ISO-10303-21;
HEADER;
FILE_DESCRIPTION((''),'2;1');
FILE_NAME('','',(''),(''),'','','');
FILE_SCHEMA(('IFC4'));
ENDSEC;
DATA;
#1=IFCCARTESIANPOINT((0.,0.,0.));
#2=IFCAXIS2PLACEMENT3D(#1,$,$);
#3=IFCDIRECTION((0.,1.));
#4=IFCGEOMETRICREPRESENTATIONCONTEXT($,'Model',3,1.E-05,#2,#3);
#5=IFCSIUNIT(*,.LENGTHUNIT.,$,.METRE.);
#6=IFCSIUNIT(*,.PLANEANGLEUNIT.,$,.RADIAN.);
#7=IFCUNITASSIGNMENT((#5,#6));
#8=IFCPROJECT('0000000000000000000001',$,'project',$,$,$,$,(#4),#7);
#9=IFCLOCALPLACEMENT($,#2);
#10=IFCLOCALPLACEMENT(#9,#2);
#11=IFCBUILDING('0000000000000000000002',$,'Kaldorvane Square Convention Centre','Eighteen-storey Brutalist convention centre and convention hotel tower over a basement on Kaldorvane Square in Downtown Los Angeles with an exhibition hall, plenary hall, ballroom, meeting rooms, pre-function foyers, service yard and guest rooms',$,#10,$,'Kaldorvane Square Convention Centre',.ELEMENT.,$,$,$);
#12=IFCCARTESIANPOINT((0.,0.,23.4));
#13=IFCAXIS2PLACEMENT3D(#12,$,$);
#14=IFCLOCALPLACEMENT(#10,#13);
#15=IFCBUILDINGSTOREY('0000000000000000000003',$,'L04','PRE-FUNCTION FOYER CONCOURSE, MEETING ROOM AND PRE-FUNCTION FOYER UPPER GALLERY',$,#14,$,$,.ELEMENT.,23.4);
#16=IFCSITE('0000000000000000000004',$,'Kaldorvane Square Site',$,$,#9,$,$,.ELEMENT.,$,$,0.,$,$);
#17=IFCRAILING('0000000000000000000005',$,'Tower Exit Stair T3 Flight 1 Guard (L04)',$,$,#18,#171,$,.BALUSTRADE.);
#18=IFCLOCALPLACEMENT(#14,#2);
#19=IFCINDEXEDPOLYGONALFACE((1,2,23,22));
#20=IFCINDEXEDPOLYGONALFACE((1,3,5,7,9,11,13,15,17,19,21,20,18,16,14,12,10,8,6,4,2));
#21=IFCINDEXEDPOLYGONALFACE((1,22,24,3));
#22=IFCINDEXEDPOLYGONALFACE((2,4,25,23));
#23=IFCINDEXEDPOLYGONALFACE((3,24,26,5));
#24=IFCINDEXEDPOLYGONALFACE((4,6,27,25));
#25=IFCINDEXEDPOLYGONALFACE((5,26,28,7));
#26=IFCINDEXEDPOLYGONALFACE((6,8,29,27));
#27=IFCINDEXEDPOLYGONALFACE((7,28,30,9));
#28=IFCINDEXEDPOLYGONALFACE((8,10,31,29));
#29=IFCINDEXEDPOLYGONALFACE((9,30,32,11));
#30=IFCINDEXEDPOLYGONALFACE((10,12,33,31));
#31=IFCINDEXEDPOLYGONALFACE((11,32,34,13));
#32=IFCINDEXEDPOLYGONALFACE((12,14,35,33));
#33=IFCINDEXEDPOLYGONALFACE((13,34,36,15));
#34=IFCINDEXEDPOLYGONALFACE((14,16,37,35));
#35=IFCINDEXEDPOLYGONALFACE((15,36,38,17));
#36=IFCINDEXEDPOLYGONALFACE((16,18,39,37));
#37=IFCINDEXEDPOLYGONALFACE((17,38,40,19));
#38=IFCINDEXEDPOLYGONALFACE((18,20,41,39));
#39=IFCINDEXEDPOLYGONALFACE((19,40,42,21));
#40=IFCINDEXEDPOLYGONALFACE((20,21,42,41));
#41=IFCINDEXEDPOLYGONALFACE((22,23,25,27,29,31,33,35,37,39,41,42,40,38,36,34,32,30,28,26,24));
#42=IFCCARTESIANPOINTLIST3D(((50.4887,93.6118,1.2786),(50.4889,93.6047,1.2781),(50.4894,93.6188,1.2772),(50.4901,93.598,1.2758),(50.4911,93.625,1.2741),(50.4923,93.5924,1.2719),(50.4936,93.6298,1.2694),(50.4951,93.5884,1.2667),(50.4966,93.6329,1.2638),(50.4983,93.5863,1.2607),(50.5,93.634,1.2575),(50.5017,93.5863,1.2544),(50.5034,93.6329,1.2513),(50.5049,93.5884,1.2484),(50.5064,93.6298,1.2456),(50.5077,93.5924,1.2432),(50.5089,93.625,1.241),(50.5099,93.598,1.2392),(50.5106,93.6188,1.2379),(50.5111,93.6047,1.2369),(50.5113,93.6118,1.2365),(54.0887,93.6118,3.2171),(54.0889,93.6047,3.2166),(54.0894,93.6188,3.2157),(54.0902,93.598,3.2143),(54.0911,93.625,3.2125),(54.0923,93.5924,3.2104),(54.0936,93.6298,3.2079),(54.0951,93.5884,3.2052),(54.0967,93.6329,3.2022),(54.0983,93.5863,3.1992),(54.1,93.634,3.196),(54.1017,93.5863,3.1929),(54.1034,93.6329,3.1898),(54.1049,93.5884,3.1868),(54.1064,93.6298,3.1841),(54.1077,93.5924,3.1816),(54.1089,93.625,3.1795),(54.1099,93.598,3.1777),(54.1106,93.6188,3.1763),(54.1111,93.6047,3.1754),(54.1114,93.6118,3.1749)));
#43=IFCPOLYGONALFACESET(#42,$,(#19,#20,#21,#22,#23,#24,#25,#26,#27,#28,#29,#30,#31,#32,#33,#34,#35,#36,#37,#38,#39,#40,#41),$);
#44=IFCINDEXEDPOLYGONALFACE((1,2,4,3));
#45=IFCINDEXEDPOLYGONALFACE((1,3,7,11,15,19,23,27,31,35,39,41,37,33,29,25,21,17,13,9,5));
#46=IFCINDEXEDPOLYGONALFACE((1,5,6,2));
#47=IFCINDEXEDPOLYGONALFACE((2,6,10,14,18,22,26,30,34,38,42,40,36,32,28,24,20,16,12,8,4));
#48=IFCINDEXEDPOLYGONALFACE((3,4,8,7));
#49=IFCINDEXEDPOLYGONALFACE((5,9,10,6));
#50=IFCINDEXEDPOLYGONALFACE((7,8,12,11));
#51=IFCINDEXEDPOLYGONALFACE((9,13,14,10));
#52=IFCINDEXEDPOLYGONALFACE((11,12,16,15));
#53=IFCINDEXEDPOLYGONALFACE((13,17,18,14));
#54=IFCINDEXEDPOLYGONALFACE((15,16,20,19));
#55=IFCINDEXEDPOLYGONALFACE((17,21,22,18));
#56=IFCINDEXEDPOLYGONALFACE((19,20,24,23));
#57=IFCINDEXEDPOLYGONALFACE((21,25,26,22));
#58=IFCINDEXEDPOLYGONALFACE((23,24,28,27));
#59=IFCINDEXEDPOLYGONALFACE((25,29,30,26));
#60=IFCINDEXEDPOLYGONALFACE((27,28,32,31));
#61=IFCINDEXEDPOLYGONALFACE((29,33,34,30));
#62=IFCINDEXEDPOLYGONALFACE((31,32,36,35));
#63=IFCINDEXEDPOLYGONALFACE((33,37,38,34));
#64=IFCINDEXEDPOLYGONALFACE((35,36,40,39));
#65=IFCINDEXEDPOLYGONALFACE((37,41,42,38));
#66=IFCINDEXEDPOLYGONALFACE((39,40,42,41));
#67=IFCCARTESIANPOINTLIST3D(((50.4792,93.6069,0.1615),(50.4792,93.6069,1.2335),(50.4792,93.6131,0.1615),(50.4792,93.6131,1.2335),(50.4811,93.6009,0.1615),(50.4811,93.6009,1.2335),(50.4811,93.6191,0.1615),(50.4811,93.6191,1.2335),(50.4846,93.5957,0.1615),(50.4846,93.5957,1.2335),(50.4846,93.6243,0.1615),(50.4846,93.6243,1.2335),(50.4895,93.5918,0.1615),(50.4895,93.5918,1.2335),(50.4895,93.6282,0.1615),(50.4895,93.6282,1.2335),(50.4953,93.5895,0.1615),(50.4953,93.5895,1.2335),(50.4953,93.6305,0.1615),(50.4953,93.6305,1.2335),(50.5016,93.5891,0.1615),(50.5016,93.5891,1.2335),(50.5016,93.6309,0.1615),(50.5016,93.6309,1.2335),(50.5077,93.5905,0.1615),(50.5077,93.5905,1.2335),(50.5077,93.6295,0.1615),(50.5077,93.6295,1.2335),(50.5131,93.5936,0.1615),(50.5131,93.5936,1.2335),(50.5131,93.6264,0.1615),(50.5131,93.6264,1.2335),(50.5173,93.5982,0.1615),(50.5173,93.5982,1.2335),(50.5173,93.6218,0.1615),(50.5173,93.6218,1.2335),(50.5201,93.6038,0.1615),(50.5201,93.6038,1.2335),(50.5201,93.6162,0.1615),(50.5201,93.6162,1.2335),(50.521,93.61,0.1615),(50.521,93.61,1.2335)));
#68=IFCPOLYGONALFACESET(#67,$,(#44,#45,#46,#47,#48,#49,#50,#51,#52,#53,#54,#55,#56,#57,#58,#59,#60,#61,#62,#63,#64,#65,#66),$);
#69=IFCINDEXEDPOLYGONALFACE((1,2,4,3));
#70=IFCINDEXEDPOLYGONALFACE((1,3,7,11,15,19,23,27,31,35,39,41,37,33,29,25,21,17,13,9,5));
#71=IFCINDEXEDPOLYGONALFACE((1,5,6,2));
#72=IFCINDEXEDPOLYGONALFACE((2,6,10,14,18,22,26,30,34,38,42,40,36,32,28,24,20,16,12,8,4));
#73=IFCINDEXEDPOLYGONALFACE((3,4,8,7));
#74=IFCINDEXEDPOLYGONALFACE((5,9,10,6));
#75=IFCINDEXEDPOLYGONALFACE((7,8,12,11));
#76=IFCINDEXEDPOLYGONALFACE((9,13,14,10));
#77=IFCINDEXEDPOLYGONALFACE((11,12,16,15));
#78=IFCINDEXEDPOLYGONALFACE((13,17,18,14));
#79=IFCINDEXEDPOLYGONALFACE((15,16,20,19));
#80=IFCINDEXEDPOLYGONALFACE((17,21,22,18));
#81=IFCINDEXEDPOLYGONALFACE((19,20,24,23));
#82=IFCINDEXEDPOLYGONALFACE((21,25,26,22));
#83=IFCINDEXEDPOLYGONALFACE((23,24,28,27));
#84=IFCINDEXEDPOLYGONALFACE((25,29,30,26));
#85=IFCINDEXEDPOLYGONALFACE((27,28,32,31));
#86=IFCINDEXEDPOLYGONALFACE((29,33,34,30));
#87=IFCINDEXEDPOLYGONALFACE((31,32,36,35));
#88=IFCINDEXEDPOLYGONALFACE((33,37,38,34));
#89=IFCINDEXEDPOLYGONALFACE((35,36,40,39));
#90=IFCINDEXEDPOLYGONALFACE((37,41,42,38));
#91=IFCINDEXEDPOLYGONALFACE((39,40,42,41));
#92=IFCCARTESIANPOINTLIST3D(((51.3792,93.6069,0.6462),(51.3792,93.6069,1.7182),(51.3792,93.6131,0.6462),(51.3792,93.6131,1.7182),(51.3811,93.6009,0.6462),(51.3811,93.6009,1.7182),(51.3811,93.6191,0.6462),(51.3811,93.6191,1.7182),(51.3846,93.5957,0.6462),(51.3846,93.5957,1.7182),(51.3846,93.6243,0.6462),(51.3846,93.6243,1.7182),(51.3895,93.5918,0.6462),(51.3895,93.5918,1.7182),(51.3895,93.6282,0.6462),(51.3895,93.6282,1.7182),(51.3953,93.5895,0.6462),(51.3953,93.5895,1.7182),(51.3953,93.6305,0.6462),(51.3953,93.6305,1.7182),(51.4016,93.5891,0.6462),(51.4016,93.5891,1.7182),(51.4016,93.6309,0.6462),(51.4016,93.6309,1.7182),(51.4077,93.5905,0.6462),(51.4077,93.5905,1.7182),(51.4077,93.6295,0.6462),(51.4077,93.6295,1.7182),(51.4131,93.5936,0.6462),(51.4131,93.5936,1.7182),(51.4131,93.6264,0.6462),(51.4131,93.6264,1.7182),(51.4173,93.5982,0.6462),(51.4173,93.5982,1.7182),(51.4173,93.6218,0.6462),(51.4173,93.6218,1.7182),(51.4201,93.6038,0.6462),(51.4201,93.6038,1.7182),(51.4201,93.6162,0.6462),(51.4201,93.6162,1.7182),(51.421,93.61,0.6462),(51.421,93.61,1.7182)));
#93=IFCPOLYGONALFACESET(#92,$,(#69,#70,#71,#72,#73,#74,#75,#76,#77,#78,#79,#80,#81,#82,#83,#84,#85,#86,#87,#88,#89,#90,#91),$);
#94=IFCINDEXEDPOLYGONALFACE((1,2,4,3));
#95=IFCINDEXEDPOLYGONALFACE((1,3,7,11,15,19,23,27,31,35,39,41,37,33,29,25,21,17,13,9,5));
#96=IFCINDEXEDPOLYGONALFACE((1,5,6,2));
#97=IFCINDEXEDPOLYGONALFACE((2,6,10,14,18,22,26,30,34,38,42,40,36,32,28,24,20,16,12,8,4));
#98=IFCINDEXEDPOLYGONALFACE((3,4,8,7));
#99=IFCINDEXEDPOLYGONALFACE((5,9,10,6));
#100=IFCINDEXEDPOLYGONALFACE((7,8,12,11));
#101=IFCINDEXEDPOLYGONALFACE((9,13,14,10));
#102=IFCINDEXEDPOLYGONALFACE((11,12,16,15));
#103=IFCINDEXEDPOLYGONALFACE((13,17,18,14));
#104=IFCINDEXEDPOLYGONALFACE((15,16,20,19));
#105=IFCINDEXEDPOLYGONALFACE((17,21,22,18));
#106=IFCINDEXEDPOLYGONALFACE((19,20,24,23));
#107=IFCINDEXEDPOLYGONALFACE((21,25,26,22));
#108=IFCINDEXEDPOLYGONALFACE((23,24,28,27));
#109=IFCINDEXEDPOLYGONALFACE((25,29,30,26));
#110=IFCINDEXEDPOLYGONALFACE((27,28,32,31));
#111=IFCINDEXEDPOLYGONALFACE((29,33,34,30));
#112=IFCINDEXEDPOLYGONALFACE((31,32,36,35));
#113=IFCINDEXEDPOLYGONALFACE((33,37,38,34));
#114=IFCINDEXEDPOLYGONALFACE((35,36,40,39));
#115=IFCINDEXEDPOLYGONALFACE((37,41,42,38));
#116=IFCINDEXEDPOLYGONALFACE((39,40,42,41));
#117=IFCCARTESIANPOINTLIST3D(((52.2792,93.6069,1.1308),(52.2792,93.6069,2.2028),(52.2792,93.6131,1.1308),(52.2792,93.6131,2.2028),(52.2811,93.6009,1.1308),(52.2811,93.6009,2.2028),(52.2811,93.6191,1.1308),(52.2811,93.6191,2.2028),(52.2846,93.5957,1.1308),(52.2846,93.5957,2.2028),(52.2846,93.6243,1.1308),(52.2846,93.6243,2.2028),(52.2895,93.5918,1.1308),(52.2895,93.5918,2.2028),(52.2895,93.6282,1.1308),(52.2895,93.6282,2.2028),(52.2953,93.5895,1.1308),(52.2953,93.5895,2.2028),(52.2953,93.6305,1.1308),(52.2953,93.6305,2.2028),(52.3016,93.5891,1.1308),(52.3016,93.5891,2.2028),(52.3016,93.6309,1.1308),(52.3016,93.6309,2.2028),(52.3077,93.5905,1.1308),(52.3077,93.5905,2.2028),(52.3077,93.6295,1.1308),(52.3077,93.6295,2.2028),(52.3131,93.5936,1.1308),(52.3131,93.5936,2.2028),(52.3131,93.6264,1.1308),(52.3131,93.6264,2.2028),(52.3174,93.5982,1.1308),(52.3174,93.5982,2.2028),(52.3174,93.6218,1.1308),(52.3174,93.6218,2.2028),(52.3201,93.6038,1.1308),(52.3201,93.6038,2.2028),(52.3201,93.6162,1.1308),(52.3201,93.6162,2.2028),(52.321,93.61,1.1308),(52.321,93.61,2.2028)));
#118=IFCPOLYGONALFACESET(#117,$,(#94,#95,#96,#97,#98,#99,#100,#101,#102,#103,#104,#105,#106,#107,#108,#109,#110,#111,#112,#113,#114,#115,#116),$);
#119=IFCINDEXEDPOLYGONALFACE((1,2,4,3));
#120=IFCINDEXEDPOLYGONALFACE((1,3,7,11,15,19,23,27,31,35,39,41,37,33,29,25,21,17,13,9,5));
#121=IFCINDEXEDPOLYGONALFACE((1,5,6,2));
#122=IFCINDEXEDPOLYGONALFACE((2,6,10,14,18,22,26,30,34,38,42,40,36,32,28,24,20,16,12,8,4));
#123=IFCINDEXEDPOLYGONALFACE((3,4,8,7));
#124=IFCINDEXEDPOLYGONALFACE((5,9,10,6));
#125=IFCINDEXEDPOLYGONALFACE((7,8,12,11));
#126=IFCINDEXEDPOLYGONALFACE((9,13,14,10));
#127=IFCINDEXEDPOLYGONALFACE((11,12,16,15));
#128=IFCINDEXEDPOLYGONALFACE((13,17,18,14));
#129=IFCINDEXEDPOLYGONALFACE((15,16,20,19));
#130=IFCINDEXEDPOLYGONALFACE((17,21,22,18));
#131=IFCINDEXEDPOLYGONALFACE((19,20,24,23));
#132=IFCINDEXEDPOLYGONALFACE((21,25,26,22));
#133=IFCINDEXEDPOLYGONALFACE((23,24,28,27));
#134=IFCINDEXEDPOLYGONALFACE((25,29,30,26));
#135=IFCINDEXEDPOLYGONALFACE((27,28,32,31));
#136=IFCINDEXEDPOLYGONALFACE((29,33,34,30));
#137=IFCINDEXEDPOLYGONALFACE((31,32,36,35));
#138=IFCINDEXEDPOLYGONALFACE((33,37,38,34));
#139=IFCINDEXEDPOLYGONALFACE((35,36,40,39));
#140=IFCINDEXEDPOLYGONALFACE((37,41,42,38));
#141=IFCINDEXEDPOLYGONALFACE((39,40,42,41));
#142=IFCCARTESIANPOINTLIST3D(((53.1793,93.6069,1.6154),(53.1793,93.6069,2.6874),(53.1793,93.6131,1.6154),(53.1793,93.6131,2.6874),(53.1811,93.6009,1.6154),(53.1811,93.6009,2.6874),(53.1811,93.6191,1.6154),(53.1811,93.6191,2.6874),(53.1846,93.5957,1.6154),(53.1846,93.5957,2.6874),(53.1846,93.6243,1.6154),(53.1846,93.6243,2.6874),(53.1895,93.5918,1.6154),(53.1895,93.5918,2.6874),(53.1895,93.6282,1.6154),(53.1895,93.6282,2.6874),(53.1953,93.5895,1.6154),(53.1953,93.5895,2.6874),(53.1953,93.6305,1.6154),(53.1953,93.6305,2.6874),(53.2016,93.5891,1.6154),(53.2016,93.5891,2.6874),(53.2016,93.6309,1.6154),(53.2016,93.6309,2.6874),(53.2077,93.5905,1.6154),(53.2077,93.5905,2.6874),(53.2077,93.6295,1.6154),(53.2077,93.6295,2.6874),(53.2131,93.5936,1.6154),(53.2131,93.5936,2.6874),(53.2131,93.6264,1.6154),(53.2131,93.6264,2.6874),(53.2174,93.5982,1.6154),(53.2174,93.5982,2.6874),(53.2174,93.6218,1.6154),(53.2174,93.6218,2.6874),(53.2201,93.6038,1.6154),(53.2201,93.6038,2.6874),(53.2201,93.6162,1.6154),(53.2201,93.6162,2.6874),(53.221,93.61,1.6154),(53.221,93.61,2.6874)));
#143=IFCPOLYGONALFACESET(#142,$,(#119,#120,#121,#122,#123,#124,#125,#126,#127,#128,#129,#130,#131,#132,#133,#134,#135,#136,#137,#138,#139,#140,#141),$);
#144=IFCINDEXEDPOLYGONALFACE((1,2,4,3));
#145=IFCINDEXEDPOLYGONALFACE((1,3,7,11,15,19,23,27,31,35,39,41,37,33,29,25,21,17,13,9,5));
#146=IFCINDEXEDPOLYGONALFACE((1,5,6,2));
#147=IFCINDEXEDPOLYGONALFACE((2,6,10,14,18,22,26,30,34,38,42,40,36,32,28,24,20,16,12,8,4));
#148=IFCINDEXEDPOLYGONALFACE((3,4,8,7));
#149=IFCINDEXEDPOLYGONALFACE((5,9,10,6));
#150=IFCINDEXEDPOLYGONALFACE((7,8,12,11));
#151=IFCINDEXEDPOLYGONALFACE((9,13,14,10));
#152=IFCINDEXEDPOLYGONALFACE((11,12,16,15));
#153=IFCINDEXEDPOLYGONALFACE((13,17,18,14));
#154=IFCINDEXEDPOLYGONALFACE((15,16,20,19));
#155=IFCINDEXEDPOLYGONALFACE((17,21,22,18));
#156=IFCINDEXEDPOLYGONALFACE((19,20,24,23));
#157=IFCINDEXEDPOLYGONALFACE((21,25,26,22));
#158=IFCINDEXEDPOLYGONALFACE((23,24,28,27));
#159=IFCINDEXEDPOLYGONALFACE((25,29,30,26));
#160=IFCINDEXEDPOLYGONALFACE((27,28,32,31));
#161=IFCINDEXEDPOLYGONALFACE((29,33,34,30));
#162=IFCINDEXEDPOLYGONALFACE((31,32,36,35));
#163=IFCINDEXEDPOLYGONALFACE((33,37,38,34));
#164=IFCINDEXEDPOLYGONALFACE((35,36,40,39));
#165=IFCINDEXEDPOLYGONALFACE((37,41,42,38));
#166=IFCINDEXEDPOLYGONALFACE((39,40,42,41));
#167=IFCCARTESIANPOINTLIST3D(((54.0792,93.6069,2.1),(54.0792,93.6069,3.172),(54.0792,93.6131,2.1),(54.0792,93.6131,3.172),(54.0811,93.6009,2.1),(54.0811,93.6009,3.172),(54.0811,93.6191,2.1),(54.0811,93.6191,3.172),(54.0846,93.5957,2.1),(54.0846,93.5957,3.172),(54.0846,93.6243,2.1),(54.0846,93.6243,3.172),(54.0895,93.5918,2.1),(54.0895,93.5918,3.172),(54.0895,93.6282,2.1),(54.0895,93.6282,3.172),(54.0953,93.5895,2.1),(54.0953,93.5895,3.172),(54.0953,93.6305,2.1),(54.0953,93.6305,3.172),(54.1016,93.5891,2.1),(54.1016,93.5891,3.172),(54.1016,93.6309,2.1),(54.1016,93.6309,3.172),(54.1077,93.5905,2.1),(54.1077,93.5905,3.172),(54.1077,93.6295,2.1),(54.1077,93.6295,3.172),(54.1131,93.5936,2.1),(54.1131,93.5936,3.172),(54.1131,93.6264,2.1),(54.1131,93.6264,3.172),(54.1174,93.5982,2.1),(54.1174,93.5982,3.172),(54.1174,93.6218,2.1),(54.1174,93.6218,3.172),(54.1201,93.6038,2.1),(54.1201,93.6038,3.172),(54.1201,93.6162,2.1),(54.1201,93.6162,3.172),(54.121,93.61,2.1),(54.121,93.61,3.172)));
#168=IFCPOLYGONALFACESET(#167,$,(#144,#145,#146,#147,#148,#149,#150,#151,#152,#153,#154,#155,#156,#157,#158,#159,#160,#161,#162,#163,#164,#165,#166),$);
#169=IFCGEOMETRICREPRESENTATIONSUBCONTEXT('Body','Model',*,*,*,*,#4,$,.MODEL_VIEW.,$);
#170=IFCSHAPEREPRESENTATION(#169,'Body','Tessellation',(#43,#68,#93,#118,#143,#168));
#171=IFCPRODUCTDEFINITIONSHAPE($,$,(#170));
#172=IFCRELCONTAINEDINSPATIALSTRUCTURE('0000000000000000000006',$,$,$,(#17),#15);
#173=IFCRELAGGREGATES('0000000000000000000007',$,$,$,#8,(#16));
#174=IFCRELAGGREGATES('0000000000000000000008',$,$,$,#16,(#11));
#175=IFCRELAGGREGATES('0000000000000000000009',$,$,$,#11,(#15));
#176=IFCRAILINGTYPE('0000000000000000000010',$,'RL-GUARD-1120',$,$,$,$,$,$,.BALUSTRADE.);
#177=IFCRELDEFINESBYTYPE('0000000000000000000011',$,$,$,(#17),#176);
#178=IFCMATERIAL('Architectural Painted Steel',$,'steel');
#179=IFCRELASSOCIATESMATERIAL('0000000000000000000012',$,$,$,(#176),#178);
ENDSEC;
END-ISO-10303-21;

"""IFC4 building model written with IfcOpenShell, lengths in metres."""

from ifc_helpers import new_model, si_unit, direction, frame, origin, origin_2d, place, context, subcontext, project, spatial, circle, extrude, material, type_object, element, save


model = new_model("IFC4")

# Units and contexts
model_context = context("Model", 3, precision=1e-05, world=origin(), true_north=direction((0.0, 1.0)))
body_context = subcontext(model_context, "Body", "Model", "MODEL_VIEW")
ifc_project = project(units=[si_unit("LENGTHUNIT", "METRE"), si_unit("PLANEANGLEUNIT", "RADIAN")], contexts=[model_context])

# Site, building, storey
site_placement = place(None, origin())
site = spatial("IfcSite", under=ifc_project, at=site_placement, Name="Kaldorvane Square Site", CompositionType="ELEMENT", RefElevation=0.0)
building_placement = place(site_placement, origin())
building = spatial("IfcBuilding", under=site, at=building_placement, Name="Kaldorvane Square Convention Centre", Description="Eighteen-storey Brutalist convention centre and convention hotel tower over a basement on Kaldorvane Square in Downtown Los Angeles with an exhibition hall, plenary hall, ballroom, meeting rooms, pre-function foyers, service yard and guest rooms", LongName="Kaldorvane Square Convention Centre", CompositionType="ELEMENT")
storey_placement = place(building_placement, frame((0.0, 0.0, 23.4)))
storey = spatial("IfcBuildingStorey", under=building, at=storey_placement, Name="L04", Description="PRE-FUNCTION FOYER CONCOURSE, MEETING ROOM AND PRE-FUNCTION FOYER UPPER GALLERY", CompositionType="ELEMENT", Elevation=23.4)

# Railing
ifc_material_1 = material(Name="Architectural Painted Steel", Category="steel")
railing_type_1 = type_object("IfcRailingType", Name="RL-GUARD-1120", PredefinedType="BALUSTRADE", material=ifc_material_1)
railing_1_placement = place(storey_placement, frame((50.5, 93.61, 0.1615)))
element("IfcRailing", 1, at=railing_1_placement, inside=storey, type_object=railing_type_1, Name="Tower Exit Stair T3 Flight 1 Guard (L04)", PredefinedType="BALUSTRADE", context=body_context, shape_type="SweptSolid", body=[
    extrude(circle(Radius=0.024, at=origin_2d()), frame((0.0, 0.0, 1.096), z_axis=(0.880471, 0.0, 0.474099), x_axis=(0.0, 1.0, 0.0)), (0.0, 0.0, 1.0), 4.0887),
    extrude(circle(Radius=0.021, at=origin_2d()), origin(), (0.0, 0.0, 1.0), 1.072),
    extrude(circle(Radius=0.021, at=origin_2d()), frame((0.9, 0.0, 0.4846)), (0.0, 0.0, 1.0), 1.072),
    extrude(circle(Radius=0.021, at=origin_2d()), frame((1.8, 0.0, 0.9692)), (0.0, 0.0, 1.0), 1.072),
    extrude(circle(Radius=0.021, at=origin_2d()), frame((2.7, 0.0, 1.4538)), (0.0, 0.0, 1.0), 1.072),
    extrude(circle(Radius=0.021, at=origin_2d()), frame((3.6, 0.0, 1.9385)), (0.0, 0.0, 1.0), 1.072),
])

save(model, "model.ifc")
